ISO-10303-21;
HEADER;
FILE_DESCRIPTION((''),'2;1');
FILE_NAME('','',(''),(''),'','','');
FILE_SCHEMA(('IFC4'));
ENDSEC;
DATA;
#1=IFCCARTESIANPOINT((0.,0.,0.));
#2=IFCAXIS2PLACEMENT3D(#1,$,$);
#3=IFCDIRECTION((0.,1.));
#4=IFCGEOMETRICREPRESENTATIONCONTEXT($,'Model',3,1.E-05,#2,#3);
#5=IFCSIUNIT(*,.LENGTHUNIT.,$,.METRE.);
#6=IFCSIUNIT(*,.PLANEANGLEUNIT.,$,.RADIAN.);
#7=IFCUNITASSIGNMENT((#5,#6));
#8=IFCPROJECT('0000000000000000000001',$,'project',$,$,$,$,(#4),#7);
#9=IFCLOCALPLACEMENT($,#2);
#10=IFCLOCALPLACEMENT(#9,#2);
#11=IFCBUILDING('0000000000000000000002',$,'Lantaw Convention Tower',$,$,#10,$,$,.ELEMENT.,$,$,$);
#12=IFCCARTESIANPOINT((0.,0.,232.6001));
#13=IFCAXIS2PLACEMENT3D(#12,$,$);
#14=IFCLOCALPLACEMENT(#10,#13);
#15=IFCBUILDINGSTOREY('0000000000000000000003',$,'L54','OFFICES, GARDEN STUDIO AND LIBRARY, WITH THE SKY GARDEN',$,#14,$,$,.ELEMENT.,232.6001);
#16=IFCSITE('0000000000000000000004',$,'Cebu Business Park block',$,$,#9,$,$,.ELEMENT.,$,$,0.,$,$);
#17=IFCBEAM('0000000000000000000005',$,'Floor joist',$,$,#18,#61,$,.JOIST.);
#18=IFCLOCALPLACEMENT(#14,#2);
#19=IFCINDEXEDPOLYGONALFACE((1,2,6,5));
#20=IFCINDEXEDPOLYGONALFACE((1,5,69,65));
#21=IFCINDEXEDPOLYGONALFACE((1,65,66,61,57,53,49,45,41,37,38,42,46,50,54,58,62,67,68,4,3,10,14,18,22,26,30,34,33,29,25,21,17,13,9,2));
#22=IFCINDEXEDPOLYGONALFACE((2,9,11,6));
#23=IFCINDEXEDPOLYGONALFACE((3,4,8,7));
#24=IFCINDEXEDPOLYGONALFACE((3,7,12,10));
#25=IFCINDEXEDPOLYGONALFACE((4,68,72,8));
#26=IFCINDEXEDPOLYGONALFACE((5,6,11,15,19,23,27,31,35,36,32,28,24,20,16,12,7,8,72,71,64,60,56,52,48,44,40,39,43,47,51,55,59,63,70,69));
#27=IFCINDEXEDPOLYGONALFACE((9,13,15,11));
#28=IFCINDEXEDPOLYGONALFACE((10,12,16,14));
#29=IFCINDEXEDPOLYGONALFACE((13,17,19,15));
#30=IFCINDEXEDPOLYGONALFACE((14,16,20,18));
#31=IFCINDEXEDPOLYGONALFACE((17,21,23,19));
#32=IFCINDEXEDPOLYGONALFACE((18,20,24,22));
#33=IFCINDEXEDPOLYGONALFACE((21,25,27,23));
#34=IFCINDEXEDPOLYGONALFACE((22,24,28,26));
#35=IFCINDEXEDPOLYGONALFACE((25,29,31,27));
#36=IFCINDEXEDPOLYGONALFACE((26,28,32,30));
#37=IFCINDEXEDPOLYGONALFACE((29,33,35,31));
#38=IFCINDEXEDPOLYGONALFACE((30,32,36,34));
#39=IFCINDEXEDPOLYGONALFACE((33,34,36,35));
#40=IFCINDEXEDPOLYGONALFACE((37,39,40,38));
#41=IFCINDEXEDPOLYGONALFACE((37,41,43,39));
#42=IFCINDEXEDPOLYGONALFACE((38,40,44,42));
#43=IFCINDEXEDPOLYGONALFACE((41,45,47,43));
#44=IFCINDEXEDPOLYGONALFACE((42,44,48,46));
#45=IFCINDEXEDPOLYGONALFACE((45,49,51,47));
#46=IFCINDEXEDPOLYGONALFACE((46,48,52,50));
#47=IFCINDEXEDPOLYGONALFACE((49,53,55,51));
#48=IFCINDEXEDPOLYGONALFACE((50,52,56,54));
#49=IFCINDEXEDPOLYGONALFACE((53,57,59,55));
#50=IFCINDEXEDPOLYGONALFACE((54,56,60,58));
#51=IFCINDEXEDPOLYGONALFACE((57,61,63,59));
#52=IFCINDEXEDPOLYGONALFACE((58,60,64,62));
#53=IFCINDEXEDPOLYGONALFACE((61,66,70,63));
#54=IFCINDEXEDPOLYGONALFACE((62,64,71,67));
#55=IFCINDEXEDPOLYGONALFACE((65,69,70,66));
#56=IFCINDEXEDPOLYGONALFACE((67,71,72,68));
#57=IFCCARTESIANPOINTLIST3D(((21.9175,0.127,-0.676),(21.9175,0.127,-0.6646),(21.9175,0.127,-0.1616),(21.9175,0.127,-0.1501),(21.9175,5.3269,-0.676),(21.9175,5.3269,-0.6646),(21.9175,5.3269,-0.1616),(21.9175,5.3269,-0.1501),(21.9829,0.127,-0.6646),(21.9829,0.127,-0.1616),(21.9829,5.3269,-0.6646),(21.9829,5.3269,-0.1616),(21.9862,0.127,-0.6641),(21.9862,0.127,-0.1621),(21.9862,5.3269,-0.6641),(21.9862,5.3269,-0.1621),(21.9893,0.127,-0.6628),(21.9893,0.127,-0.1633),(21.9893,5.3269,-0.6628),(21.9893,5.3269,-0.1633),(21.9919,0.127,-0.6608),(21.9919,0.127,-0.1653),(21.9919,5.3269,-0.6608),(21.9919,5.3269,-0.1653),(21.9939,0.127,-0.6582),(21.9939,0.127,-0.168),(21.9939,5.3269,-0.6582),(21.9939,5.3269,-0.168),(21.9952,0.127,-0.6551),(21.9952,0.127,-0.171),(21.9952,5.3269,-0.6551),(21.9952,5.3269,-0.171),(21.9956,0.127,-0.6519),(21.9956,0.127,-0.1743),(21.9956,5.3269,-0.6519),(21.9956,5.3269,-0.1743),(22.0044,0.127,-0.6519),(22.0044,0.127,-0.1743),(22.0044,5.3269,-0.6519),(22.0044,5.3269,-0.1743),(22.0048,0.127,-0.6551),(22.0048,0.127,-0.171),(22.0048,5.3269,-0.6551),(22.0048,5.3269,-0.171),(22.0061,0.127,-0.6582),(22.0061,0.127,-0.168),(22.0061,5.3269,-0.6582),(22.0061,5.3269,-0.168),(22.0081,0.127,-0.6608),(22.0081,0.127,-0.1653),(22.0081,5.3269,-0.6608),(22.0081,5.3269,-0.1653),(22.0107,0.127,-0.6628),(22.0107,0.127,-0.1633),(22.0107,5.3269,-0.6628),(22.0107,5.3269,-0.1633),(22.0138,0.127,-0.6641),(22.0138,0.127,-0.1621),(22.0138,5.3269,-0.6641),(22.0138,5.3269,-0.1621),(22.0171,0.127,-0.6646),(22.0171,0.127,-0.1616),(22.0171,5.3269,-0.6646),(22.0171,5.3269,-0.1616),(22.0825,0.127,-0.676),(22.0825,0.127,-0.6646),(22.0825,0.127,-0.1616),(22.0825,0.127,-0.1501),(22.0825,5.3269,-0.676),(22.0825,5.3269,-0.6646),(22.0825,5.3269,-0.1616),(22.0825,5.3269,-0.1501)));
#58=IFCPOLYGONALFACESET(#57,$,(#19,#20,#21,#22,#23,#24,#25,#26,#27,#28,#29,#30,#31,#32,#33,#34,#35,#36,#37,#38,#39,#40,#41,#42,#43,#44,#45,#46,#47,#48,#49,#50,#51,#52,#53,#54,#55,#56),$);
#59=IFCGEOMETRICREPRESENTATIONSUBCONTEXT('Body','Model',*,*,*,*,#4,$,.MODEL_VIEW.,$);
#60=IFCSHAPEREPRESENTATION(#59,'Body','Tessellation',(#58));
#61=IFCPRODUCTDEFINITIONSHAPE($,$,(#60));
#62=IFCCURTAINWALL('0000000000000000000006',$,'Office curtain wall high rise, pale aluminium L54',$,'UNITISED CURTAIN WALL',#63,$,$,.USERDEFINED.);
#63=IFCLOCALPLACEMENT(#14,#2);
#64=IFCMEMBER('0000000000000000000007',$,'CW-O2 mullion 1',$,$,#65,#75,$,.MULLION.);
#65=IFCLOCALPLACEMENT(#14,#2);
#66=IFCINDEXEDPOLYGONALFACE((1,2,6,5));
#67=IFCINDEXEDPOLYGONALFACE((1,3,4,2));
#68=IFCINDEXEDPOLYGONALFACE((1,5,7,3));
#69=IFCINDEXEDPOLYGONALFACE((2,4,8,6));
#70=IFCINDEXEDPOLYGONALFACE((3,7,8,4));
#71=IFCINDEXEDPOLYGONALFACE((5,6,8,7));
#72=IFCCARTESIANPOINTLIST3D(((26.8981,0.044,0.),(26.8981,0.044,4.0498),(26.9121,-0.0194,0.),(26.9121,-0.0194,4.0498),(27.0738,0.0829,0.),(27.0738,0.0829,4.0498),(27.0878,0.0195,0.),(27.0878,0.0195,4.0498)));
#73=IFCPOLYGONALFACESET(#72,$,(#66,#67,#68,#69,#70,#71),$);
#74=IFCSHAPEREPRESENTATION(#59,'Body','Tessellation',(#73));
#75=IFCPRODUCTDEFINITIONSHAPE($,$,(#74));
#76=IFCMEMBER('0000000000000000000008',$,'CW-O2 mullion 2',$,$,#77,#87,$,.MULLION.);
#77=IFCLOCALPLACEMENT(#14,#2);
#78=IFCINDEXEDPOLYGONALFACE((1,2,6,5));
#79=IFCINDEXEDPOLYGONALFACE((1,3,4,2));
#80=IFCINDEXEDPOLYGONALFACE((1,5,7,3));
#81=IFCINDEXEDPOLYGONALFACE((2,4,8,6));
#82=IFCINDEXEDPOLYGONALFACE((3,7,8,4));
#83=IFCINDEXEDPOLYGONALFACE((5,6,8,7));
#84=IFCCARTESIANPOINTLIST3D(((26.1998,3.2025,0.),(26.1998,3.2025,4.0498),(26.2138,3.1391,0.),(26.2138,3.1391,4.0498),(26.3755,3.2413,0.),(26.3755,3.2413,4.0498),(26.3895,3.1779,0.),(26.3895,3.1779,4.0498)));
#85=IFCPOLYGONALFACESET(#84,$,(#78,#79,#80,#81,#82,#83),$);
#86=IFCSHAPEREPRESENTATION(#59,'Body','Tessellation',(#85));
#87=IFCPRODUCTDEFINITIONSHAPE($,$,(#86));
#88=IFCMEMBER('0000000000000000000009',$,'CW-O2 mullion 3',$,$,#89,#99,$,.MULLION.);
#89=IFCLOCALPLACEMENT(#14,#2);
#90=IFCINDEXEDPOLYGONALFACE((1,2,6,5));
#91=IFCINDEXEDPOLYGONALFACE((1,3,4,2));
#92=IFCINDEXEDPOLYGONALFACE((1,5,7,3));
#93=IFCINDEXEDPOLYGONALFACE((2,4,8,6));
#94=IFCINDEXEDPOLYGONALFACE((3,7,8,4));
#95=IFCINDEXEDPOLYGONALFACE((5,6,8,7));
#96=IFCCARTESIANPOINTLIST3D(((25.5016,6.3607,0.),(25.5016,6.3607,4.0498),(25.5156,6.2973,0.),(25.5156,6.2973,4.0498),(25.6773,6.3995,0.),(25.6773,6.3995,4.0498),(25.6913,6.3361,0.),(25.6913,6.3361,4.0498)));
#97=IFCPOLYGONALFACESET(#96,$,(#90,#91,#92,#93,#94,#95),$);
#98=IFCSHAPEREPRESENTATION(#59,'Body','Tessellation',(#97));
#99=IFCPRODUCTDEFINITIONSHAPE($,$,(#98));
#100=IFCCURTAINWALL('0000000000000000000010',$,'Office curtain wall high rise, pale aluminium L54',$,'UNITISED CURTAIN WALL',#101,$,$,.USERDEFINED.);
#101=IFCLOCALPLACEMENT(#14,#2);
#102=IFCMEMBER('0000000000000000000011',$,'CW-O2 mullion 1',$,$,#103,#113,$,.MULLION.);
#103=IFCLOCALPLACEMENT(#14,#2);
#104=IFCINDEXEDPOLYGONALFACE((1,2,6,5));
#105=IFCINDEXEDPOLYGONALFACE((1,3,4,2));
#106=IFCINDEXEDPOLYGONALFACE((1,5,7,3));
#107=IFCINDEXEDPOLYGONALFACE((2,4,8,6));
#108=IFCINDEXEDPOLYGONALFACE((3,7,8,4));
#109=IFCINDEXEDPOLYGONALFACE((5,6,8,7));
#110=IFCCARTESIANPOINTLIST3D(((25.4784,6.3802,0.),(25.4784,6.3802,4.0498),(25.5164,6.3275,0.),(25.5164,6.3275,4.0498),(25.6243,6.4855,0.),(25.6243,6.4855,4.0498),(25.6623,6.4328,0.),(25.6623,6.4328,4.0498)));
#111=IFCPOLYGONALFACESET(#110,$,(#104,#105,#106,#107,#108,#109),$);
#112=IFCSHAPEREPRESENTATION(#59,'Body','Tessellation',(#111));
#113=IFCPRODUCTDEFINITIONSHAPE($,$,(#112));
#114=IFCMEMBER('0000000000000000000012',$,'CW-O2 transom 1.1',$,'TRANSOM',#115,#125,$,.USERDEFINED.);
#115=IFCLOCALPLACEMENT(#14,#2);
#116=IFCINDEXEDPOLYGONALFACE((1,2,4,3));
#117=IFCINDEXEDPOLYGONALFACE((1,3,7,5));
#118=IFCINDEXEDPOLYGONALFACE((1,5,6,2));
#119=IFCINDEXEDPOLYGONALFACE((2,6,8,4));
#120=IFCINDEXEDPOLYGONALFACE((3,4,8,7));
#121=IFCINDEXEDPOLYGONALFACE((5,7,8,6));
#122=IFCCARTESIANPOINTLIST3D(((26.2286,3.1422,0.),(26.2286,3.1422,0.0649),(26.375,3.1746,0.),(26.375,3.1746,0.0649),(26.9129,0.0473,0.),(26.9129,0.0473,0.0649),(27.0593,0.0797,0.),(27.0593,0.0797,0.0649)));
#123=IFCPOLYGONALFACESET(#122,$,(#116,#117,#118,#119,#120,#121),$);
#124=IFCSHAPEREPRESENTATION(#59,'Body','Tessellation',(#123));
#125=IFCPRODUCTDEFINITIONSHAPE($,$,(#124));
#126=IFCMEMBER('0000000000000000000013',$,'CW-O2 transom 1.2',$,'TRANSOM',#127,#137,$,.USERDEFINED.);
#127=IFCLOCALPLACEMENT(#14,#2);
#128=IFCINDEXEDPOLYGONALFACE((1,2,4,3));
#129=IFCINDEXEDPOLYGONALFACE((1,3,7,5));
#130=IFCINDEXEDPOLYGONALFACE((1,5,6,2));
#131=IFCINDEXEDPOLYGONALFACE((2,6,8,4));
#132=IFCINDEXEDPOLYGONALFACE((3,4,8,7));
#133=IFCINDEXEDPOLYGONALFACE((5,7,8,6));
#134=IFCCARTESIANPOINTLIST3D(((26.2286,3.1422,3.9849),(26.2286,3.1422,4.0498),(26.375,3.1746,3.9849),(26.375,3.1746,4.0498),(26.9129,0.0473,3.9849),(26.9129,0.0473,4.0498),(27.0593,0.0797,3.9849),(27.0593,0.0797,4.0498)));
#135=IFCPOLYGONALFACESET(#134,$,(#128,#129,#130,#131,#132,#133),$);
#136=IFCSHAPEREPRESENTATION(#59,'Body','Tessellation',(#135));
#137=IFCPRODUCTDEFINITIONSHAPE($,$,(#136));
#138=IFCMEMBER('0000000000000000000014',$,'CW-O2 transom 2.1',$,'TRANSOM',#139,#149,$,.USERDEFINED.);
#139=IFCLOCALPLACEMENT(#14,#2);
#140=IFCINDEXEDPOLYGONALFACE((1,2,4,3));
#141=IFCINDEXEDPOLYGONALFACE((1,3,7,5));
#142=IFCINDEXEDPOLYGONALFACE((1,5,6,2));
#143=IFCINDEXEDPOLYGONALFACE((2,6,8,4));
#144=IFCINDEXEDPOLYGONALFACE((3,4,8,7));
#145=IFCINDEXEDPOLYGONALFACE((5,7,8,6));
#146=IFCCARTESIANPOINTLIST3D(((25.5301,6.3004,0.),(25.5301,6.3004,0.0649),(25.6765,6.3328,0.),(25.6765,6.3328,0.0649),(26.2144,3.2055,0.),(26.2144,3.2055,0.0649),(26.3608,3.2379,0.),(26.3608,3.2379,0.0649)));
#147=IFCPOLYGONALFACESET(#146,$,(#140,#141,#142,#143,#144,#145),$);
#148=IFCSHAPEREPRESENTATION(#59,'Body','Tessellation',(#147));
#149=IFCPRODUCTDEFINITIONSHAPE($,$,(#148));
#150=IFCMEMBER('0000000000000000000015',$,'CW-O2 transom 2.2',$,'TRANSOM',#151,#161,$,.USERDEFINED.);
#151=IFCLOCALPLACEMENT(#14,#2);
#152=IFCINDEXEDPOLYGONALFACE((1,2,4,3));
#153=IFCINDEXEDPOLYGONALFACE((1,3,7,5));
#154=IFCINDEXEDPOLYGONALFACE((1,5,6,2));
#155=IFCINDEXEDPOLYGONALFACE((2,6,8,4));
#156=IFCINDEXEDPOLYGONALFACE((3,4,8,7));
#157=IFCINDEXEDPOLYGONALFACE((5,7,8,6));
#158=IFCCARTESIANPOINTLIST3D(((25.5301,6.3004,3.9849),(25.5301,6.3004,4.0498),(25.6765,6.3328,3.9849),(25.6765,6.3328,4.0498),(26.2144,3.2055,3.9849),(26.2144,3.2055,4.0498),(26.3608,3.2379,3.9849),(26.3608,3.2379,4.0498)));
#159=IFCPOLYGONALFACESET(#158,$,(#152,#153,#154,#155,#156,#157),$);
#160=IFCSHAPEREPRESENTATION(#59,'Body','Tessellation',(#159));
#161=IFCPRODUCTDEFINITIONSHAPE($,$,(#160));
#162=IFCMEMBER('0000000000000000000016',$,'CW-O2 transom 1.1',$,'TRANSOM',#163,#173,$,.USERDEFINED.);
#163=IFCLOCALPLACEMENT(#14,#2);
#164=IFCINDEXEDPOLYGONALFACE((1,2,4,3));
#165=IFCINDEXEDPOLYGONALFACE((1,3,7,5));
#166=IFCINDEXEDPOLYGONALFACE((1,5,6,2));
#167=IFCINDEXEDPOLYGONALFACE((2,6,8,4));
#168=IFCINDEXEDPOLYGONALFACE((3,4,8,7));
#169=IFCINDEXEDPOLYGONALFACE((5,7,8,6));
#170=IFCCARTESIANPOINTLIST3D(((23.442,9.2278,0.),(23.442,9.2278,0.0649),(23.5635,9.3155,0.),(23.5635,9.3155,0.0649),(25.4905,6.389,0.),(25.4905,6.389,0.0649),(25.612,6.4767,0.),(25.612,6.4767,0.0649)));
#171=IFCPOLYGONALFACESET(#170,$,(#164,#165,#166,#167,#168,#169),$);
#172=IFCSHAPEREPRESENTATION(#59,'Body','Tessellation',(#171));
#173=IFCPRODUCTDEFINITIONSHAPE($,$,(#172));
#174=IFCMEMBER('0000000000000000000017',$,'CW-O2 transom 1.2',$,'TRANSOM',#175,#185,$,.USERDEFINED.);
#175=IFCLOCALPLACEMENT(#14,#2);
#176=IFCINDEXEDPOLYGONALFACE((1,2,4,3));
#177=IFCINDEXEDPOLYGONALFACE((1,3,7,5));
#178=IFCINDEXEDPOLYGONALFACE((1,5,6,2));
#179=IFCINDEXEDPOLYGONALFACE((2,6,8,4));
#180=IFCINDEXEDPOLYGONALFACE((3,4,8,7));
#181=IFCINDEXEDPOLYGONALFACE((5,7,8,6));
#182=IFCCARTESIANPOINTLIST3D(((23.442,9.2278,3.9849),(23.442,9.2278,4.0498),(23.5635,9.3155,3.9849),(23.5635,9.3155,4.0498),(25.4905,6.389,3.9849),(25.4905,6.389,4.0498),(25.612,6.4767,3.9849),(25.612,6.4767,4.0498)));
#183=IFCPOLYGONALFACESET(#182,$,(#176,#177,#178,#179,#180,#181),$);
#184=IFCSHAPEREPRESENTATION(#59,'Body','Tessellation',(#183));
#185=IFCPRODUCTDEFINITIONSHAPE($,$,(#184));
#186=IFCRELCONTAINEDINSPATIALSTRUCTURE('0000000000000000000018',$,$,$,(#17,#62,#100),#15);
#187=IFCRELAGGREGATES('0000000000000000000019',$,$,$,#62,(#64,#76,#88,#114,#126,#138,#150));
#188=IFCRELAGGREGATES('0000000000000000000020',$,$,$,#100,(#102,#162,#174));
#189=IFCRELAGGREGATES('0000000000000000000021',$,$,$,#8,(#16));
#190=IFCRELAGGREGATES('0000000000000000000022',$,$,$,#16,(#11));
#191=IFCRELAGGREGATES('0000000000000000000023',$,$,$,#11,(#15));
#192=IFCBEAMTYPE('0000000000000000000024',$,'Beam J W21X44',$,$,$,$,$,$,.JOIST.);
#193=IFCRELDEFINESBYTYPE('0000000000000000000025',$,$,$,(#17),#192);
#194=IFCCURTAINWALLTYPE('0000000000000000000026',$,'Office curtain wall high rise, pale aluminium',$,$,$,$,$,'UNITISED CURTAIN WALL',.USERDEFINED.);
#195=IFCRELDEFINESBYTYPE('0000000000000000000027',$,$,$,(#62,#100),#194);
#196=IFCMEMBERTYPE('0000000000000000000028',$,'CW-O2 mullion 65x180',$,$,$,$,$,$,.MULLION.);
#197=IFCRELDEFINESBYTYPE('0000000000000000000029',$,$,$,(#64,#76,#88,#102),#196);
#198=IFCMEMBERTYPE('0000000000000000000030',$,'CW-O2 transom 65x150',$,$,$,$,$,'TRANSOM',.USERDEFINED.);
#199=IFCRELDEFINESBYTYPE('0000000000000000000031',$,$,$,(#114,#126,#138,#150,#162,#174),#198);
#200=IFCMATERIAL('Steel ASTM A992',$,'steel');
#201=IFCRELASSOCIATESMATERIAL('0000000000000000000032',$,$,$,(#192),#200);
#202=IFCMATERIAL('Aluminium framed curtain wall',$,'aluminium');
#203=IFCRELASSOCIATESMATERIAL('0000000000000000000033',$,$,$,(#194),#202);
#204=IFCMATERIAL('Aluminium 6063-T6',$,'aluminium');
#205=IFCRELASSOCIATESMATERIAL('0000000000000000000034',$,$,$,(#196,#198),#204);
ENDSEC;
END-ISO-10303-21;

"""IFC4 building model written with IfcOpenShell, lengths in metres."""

from ifc_helpers import new_model, si_unit, direction, frame, origin, origin_2d, place, context, subcontext, project, spatial, rectangle, i_section, extrude, material, material_profile, profile_set, type_object, element, aggregate, save


model = new_model("IFC4")

# Units and contexts
model_context = context("Model", 3, precision=1e-05, world=origin(), true_north=direction((0.0, 1.0)))
body_context = subcontext(model_context, "Body", "Model", "MODEL_VIEW")
ifc_project = project(units=[si_unit("LENGTHUNIT", "METRE"), si_unit("PLANEANGLEUNIT", "RADIAN")], contexts=[model_context])

# Site, building, storey
site_placement = place(None, origin())
site = spatial("IfcSite", under=ifc_project, at=site_placement, Name="Cebu Business Park block", CompositionType="ELEMENT", RefElevation=0.0)
building_placement = place(site_placement, origin())
building = spatial("IfcBuilding", under=site, at=building_placement, Name="Lantaw Convention Tower", CompositionType="ELEMENT")
storey_placement = place(building_placement, frame((0.0, 0.0, 232.6001)))
storey = spatial("IfcBuildingStorey", under=building, at=storey_placement, Name="L54", Description="OFFICES, GARDEN STUDIO AND LIBRARY, WITH THE SKY GARDEN", CompositionType="ELEMENT", Elevation=232.6001)

# Beam
ifc_material_1 = material(Name="Steel ASTM A992", Category="steel")
ifc_material_profile_1 = material_profile(ifc_material_1, i_section(OverallWidth=0.165, OverallDepth=0.5259, WebThickness=0.0088, FlangeThickness=0.0115, FilletRadius=0.0127, at=origin_2d()), Name="W21X44")
ifc_profile_set_1 = profile_set([ifc_material_profile_1], Name="Steel ASTM A992")
beam_type_1 = type_object("IfcBeamType", Name="Beam J W21X44", PredefinedType="JOIST", material=ifc_profile_set_1)
beam_1_placement = place(storey_placement, frame((22.0, 0.127, -0.4131), z_axis=(0.0, 1.0, 0.0), x_axis=(-1.0, 0.0, 0.0)))
element("IfcBeam", 1, at=beam_1_placement, inside=storey, type_object=beam_type_1, Name="Floor joist", PredefinedType="JOIST", context=body_context, shape_type="SweptSolid", body=[
    extrude(i_section(OverallWidth=0.165, OverallDepth=0.5259, WebThickness=0.0088, FlangeThickness=0.0115, FilletRadius=0.0127, at=origin_2d()), origin(), (0.0, 0.0, 1.0), 5.2),
])

# Curtain wall, members
ifc_material_2 = material(Name="Aluminium framed curtain wall", Category="aluminium")
curtain_wall_type = type_object("IfcCurtainWallType", Name="Office curtain wall high rise, pale aluminium", ElementType="UNITISED CURTAIN WALL", PredefinedType="USERDEFINED", material=ifc_material_2)
curtain_wall_1_placement = place(storey_placement, origin())
curtain_wall_1 = element("IfcCurtainWall", 2, at=curtain_wall_1_placement, inside=storey, type_object=curtain_wall_type, Name="Office curtain wall high rise, pale aluminium L54", ObjectType="UNITISED CURTAIN WALL", PredefinedType="USERDEFINED")
ifc_material_3 = material(Name="Aluminium 6063-T6", Category="aluminium")
ifc_material_profile_2 = material_profile(ifc_material_3, rectangle(XDim=0.1799, YDim=0.0649, at=origin_2d()), Name="CW-O2 mullion 65x180")
ifc_profile_set_2 = profile_set([ifc_material_profile_2], Name="Aluminium 6063-T6")
member_type_1 = type_object("IfcMemberType", Name="CW-O2 mullion 65x180", PredefinedType="MULLION", material=ifc_profile_set_2)
member_1_placement = place(storey_placement, frame((26.9929, 0.0317, 0.0), z_axis=(0.0, 0.0, 1.0), x_axis=(-0.976417, -0.215891, 0.0)))
member_1 = element("IfcMember", 3, at=member_1_placement, type_object=member_type_1, Name="CW-O2 mullion 1", PredefinedType="MULLION", context=body_context, shape_type="SweptSolid", body=[
    extrude(rectangle(XDim=0.1799, YDim=0.0649, at=origin_2d()), origin(), (0.0, 0.0, 1.0), 4.0498),
])
member_2_placement = place(storey_placement, frame((26.2947, 3.1902, 0.0), z_axis=(0.0, 0.0, 1.0), x_axis=(-0.976417, -0.215891, 0.0)))
member_2 = element("IfcMember", 4, at=member_2_placement, type_object=member_type_1, Name="CW-O2 mullion 2", PredefinedType="MULLION", context=body_context, shape_type="SweptSolid", body=[
    extrude(rectangle(XDim=0.1799, YDim=0.0649, at=origin_2d()), origin(), (0.0, 0.0, 1.0), 4.0498),
])
member_3_placement = place(storey_placement, frame((25.5964, 6.3484, 0.0), z_axis=(0.0, 0.0, 1.0), x_axis=(-0.976417, -0.215891, 0.0)))
member_3 = element("IfcMember", 5, at=member_3_placement, type_object=member_type_1, Name="CW-O2 mullion 3", PredefinedType="MULLION", context=body_context, shape_type="SweptSolid", body=[
    extrude(rectangle(XDim=0.1799, YDim=0.0649, at=origin_2d()), origin(), (0.0, 0.0, 1.0), 4.0498),
])

# Curtain wall, member
curtain_wall_2_placement = place(storey_placement, origin())
curtain_wall_2 = element("IfcCurtainWall", 6, at=curtain_wall_2_placement, inside=storey, type_object=curtain_wall_type, Name="Office curtain wall high rise, pale aluminium L54", ObjectType="UNITISED CURTAIN WALL", PredefinedType="USERDEFINED")
member_4_placement = place(storey_placement, frame((25.5703, 6.4065, 0.0), z_axis=(0.0, 0.0, 1.0), x_axis=(-0.81092, -0.585158, 0.0)))
member_4 = element("IfcMember", 7, at=member_4_placement, type_object=member_type_1, Name="CW-O2 mullion 1", PredefinedType="MULLION", context=body_context, shape_type="SweptSolid", body=[
    extrude(rectangle(XDim=0.1799, YDim=0.0649, at=origin_2d()), origin(), (0.0, 0.0, 1.0), 4.0498),
])

# Members
ifc_material_profile_3 = material_profile(ifc_material_3, rectangle(XDim=0.1499, YDim=0.0649, at=origin_2d()), Name="CW-O2 transom 65x150")
ifc_profile_set_3 = profile_set([ifc_material_profile_3], Name="Aluminium 6063-T6")
member_type_2 = type_object("IfcMemberType", Name="CW-O2 transom 65x150", ElementType="TRANSOM", PredefinedType="USERDEFINED", material=ifc_profile_set_3)
member_5_placement = place(storey_placement, frame((26.9861, 0.0635, 0.0325), z_axis=(-0.215895, 0.976417, 0.0), x_axis=(-0.976417, -0.215895, 0.0)))
member_5 = element("IfcMember", 8, at=member_5_placement, type_object=member_type_2, Name="CW-O2 transom 1.1", ObjectType="TRANSOM", PredefinedType="USERDEFINED", context=body_context, shape_type="SweptSolid", body=[
    extrude(rectangle(XDim=0.1499, YDim=0.0649, at=origin_2d()), origin(), (0.0, 0.0, 1.0), 3.1697),
])
member_6_placement = place(storey_placement, frame((26.9861, 0.0635, 4.0173), z_axis=(-0.215895, 0.976417, 0.0), x_axis=(-0.976417, -0.215895, 0.0)))
member_6 = element("IfcMember", 9, at=member_6_placement, type_object=member_type_2, Name="CW-O2 transom 1.2", ObjectType="TRANSOM", PredefinedType="USERDEFINED", context=body_context, shape_type="SweptSolid", body=[
    extrude(rectangle(XDim=0.1499, YDim=0.0649, at=origin_2d()), origin(), (0.0, 0.0, 1.0), 3.1697),
])
member_7_placement = place(storey_placement, frame((26.2876, 3.2217, 0.0325), z_axis=(-0.215895, 0.976417, 0.0), x_axis=(-0.976417, -0.215895, 0.0)))
member_7 = element("IfcMember", 10, at=member_7_placement, type_object=member_type_2, Name="CW-O2 transom 2.1", ObjectType="TRANSOM", PredefinedType="USERDEFINED", context=body_context, shape_type="SweptSolid", body=[
    extrude(rectangle(XDim=0.1499, YDim=0.0649, at=origin_2d()), origin(), (0.0, 0.0, 1.0), 3.1697),
])
member_8_placement = place(storey_placement, frame((26.2876, 3.2217, 4.0173), z_axis=(-0.215895, 0.976417, 0.0), x_axis=(-0.976417, -0.215895, 0.0)))
member_8 = element("IfcMember", 11, at=member_8_placement, type_object=member_type_2, Name="CW-O2 transom 2.2", ObjectType="TRANSOM", PredefinedType="USERDEFINED", context=body_context, shape_type="SweptSolid", body=[
    extrude(rectangle(XDim=0.1499, YDim=0.0649, at=origin_2d()), origin(), (0.0, 0.0, 1.0), 3.1697),
])
member_9_placement = place(storey_placement, frame((25.5513, 6.4329, 0.0325), z_axis=(-0.58517, 0.810911, 0.0), x_axis=(-0.810911, -0.58517, 0.0)))
member_9 = element("IfcMember", 12, at=member_9_placement, type_object=member_type_2, Name="CW-O2 transom 1.1", ObjectType="TRANSOM", PredefinedType="USERDEFINED", context=body_context, shape_type="SweptSolid", body=[
    extrude(rectangle(XDim=0.1499, YDim=0.0649, at=origin_2d()), origin(), (0.0, 0.0, 1.0), 3.5007),
])
member_10_placement = place(storey_placement, frame((25.5513, 6.4329, 4.0173), z_axis=(-0.58517, 0.810911, 0.0), x_axis=(-0.810911, -0.58517, 0.0)))
member_10 = element("IfcMember", 13, at=member_10_placement, type_object=member_type_2, Name="CW-O2 transom 1.2", ObjectType="TRANSOM", PredefinedType="USERDEFINED", context=body_context, shape_type="SweptSolid", body=[
    extrude(rectangle(XDim=0.1499, YDim=0.0649, at=origin_2d()), origin(), (0.0, 0.0, 1.0), 3.5007),
])

aggregate(curtain_wall_1, [member_1, member_2, member_3, member_5, member_6, member_7, member_8])
aggregate(curtain_wall_2, [member_4, member_9, member_10])

save(model, "model.ifc")
